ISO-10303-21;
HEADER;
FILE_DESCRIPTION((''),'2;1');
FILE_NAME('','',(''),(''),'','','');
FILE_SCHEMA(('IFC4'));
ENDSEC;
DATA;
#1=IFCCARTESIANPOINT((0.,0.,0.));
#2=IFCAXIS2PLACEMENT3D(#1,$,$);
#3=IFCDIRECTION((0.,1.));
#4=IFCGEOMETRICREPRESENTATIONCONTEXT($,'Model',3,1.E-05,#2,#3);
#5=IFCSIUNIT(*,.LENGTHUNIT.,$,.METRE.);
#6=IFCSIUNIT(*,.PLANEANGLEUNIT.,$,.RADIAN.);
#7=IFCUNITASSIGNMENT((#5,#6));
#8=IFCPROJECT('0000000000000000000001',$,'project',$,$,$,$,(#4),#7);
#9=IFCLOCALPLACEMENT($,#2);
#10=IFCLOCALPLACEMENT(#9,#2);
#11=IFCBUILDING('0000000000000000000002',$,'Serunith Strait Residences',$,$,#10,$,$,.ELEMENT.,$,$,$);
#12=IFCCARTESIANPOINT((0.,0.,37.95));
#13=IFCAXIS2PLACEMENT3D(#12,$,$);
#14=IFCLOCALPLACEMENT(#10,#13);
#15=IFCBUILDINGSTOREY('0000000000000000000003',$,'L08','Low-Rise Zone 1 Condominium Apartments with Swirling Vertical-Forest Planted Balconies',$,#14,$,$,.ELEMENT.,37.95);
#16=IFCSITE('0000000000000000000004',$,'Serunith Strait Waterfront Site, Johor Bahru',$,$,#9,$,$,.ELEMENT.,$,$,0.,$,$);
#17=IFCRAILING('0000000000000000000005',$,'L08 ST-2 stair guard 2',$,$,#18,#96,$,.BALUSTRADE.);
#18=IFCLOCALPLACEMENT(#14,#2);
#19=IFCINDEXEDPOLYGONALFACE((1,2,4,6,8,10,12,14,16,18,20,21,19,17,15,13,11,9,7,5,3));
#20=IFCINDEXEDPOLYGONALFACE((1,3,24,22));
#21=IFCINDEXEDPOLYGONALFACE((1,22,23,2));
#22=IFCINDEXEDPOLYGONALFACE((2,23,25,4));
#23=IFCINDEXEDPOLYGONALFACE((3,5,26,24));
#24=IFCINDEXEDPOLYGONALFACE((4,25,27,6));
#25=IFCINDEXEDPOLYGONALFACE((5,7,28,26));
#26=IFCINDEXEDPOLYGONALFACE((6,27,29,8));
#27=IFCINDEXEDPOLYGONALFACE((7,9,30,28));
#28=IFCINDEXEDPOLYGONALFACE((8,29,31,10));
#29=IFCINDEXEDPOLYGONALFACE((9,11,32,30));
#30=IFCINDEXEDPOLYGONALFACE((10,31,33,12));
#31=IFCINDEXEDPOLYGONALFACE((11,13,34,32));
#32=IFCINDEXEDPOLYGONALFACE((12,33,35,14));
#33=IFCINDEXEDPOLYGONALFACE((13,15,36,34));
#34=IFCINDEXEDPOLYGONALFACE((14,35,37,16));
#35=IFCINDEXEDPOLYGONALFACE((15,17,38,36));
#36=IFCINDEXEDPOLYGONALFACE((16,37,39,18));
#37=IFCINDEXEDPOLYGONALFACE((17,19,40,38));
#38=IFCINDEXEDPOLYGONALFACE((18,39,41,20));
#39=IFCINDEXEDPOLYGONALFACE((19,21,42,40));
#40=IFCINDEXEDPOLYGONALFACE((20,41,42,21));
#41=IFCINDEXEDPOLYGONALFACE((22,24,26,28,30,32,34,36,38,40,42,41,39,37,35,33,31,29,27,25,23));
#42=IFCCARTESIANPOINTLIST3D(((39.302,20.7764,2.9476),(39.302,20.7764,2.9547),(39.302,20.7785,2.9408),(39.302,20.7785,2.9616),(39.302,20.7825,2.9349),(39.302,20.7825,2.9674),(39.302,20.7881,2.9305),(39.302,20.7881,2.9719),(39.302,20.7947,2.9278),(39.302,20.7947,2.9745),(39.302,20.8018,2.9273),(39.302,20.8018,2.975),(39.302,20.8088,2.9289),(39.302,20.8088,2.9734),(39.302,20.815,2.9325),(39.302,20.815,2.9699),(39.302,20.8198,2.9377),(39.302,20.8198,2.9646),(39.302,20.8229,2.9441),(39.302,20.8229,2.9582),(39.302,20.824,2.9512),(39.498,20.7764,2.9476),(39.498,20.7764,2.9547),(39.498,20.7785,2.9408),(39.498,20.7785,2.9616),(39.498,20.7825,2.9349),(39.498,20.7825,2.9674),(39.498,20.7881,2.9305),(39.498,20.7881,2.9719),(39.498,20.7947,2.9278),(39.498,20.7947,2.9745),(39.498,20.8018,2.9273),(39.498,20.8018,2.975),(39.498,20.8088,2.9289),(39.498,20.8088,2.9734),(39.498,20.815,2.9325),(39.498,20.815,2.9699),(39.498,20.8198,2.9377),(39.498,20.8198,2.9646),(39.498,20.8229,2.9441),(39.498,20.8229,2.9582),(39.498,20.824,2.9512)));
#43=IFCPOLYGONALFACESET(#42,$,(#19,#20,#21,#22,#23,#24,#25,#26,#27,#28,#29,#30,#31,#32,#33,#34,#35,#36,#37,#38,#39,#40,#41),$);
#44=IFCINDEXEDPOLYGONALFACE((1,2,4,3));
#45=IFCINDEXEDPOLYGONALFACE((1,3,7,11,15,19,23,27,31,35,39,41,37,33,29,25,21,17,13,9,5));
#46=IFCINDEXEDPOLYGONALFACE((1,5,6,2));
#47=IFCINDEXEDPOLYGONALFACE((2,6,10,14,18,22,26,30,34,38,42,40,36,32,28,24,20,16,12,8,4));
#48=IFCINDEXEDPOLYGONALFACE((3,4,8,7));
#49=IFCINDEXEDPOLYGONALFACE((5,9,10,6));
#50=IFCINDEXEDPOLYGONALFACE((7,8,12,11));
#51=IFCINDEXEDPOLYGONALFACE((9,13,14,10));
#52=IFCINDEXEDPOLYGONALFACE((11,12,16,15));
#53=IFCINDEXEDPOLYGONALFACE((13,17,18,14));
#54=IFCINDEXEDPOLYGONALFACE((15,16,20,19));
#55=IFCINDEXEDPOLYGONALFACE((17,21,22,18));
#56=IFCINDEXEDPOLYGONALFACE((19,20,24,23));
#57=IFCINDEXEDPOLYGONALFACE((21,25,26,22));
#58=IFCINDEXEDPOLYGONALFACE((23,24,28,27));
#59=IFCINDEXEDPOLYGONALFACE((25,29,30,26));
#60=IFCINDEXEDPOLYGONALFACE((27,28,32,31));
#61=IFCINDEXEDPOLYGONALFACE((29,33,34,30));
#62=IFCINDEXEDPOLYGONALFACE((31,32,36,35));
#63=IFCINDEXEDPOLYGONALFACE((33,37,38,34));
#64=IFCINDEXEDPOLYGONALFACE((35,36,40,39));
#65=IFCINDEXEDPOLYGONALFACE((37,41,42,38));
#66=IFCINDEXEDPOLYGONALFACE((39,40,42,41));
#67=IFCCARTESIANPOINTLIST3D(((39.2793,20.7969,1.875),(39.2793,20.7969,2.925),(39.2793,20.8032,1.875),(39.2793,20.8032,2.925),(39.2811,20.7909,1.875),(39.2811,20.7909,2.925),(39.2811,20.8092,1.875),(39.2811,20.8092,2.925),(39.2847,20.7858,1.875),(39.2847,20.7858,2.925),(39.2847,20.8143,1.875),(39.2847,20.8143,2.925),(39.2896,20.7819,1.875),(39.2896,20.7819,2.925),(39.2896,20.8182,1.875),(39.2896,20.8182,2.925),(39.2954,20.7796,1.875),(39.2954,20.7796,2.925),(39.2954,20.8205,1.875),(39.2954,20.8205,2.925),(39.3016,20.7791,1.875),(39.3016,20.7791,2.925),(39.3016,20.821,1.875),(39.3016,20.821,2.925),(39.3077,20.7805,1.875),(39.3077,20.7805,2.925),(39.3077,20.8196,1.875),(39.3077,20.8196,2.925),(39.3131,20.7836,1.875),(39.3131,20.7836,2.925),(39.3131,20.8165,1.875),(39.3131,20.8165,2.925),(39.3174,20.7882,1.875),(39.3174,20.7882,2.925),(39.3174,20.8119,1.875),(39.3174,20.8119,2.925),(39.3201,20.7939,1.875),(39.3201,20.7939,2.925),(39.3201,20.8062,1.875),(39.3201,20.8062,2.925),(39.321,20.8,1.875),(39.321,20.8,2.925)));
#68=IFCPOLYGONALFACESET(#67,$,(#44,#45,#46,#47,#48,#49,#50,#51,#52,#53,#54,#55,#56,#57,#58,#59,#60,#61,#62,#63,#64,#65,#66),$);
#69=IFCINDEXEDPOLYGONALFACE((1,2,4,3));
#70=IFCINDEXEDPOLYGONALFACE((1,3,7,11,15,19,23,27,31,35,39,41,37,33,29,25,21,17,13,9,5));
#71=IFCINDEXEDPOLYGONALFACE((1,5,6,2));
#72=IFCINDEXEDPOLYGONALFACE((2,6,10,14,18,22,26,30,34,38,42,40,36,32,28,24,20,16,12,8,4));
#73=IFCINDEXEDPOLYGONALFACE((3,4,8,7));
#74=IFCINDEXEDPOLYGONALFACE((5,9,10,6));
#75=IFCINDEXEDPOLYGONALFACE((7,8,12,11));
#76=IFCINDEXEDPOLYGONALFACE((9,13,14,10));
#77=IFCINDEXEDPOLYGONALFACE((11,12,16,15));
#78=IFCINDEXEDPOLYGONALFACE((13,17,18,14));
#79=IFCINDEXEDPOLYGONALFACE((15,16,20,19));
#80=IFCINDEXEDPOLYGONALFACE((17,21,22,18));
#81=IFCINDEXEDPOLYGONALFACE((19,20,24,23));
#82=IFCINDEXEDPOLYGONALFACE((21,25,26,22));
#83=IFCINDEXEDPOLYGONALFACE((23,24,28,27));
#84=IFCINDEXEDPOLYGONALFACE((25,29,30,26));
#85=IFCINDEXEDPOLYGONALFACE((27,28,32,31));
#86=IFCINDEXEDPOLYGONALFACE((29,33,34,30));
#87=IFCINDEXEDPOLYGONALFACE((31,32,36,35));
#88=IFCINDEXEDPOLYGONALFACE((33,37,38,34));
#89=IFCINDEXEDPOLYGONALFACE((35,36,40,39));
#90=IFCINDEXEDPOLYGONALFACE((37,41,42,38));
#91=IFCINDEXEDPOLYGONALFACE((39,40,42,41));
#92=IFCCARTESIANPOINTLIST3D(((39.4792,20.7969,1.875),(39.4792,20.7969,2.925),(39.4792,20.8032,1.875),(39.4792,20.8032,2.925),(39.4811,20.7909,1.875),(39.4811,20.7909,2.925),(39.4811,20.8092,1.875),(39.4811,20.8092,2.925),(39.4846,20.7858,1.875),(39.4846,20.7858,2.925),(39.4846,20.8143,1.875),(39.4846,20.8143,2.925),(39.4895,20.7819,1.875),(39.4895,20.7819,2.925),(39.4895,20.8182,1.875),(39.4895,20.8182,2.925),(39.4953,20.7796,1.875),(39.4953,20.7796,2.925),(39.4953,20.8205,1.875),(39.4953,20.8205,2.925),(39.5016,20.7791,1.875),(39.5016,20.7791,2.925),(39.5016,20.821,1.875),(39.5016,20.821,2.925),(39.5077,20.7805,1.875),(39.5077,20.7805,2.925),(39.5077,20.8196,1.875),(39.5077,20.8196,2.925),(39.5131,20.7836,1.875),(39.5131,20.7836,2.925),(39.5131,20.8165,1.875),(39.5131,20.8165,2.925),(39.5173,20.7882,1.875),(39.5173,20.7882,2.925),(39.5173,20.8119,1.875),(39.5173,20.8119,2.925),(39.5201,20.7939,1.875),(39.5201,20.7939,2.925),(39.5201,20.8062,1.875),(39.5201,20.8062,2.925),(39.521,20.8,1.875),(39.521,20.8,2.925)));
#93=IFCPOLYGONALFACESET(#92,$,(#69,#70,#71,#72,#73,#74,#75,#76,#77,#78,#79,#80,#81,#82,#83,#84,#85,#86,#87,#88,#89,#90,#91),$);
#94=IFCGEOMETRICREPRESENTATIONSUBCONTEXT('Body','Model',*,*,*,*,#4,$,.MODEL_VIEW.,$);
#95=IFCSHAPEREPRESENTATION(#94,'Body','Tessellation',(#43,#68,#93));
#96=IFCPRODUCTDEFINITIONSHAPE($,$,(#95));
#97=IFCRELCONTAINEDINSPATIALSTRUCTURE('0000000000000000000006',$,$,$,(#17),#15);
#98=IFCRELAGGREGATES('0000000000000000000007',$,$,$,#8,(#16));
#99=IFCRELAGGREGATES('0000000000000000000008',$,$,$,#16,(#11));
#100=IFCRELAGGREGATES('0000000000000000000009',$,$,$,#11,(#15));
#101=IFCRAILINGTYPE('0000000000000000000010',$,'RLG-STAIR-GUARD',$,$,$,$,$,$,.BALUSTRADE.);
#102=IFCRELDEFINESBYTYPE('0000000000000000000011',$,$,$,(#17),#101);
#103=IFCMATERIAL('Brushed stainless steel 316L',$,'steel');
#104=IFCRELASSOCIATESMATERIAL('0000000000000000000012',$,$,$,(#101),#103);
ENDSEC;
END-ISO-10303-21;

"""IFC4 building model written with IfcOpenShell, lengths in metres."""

from ifc_helpers import new_model, si_unit, direction, frame, origin, origin_2d, place, context, subcontext, project, spatial, circle, extrude, material, type_object, element, save


model = new_model("IFC4")

# Units and contexts
model_context = context("Model", 3, precision=1e-05, world=origin(), true_north=direction((0.0, 1.0)))
body_context = subcontext(model_context, "Body", "Model", "MODEL_VIEW")
ifc_project = project(units=[si_unit("LENGTHUNIT", "METRE"), si_unit("PLANEANGLEUNIT", "RADIAN")], contexts=[model_context])

# Site, building, storey
site_placement = place(None, origin())
site = spatial("IfcSite", under=ifc_project, at=site_placement, Name="Serunith Strait Waterfront Site, Johor Bahru", CompositionType="ELEMENT", RefElevation=0.0)
building_placement = place(site_placement, origin())
building = spatial("IfcBuilding", under=site, at=building_placement, Name="Serunith Strait Residences", CompositionType="ELEMENT")
storey_placement = place(building_placement, frame((0.0, 0.0, 37.95)))
storey = spatial("IfcBuildingStorey", under=building, at=storey_placement, Name="L08", Description="Low-Rise Zone 1 Condominium Apartments with Swirling Vertical-Forest Planted Balconies", CompositionType="ELEMENT", Elevation=37.95)

# Railing
ifc_material_1 = material(Name="Brushed stainless steel 316L", Category="steel")
railing_type_1 = type_object("IfcRailingType", Name="RLG-STAIR-GUARD", PredefinedType="BALUSTRADE", material=ifc_material_1)
railing_1_placement = place(storey_placement, frame((39.3, 20.8, 1.875)))
element("IfcRailing", 1, at=railing_1_placement, inside=storey, type_object=railing_type_1, Name="L08 ST-2 stair guard 2", PredefinedType="BALUSTRADE", context=body_context, shape_type="SweptSolid", body=[
    extrude(circle(Radius=0.0239, at=origin_2d()), frame((0.002, 0.0, 1.0762), z_axis=(1.0, 0.0, 0.0), x_axis=(0.0, 1.0, 0.0)), (0.0, 0.0, 1.0), 0.196),
    extrude(circle(Radius=0.021, at=origin_2d()), origin(), (0.0, 0.0, 1.0), 1.05),
    extrude(circle(Radius=0.021, at=origin_2d()), frame((0.2, 0.0, 0.0)), (0.0, 0.0, 1.0), 1.05),
])

save(model, "model.ifc")
